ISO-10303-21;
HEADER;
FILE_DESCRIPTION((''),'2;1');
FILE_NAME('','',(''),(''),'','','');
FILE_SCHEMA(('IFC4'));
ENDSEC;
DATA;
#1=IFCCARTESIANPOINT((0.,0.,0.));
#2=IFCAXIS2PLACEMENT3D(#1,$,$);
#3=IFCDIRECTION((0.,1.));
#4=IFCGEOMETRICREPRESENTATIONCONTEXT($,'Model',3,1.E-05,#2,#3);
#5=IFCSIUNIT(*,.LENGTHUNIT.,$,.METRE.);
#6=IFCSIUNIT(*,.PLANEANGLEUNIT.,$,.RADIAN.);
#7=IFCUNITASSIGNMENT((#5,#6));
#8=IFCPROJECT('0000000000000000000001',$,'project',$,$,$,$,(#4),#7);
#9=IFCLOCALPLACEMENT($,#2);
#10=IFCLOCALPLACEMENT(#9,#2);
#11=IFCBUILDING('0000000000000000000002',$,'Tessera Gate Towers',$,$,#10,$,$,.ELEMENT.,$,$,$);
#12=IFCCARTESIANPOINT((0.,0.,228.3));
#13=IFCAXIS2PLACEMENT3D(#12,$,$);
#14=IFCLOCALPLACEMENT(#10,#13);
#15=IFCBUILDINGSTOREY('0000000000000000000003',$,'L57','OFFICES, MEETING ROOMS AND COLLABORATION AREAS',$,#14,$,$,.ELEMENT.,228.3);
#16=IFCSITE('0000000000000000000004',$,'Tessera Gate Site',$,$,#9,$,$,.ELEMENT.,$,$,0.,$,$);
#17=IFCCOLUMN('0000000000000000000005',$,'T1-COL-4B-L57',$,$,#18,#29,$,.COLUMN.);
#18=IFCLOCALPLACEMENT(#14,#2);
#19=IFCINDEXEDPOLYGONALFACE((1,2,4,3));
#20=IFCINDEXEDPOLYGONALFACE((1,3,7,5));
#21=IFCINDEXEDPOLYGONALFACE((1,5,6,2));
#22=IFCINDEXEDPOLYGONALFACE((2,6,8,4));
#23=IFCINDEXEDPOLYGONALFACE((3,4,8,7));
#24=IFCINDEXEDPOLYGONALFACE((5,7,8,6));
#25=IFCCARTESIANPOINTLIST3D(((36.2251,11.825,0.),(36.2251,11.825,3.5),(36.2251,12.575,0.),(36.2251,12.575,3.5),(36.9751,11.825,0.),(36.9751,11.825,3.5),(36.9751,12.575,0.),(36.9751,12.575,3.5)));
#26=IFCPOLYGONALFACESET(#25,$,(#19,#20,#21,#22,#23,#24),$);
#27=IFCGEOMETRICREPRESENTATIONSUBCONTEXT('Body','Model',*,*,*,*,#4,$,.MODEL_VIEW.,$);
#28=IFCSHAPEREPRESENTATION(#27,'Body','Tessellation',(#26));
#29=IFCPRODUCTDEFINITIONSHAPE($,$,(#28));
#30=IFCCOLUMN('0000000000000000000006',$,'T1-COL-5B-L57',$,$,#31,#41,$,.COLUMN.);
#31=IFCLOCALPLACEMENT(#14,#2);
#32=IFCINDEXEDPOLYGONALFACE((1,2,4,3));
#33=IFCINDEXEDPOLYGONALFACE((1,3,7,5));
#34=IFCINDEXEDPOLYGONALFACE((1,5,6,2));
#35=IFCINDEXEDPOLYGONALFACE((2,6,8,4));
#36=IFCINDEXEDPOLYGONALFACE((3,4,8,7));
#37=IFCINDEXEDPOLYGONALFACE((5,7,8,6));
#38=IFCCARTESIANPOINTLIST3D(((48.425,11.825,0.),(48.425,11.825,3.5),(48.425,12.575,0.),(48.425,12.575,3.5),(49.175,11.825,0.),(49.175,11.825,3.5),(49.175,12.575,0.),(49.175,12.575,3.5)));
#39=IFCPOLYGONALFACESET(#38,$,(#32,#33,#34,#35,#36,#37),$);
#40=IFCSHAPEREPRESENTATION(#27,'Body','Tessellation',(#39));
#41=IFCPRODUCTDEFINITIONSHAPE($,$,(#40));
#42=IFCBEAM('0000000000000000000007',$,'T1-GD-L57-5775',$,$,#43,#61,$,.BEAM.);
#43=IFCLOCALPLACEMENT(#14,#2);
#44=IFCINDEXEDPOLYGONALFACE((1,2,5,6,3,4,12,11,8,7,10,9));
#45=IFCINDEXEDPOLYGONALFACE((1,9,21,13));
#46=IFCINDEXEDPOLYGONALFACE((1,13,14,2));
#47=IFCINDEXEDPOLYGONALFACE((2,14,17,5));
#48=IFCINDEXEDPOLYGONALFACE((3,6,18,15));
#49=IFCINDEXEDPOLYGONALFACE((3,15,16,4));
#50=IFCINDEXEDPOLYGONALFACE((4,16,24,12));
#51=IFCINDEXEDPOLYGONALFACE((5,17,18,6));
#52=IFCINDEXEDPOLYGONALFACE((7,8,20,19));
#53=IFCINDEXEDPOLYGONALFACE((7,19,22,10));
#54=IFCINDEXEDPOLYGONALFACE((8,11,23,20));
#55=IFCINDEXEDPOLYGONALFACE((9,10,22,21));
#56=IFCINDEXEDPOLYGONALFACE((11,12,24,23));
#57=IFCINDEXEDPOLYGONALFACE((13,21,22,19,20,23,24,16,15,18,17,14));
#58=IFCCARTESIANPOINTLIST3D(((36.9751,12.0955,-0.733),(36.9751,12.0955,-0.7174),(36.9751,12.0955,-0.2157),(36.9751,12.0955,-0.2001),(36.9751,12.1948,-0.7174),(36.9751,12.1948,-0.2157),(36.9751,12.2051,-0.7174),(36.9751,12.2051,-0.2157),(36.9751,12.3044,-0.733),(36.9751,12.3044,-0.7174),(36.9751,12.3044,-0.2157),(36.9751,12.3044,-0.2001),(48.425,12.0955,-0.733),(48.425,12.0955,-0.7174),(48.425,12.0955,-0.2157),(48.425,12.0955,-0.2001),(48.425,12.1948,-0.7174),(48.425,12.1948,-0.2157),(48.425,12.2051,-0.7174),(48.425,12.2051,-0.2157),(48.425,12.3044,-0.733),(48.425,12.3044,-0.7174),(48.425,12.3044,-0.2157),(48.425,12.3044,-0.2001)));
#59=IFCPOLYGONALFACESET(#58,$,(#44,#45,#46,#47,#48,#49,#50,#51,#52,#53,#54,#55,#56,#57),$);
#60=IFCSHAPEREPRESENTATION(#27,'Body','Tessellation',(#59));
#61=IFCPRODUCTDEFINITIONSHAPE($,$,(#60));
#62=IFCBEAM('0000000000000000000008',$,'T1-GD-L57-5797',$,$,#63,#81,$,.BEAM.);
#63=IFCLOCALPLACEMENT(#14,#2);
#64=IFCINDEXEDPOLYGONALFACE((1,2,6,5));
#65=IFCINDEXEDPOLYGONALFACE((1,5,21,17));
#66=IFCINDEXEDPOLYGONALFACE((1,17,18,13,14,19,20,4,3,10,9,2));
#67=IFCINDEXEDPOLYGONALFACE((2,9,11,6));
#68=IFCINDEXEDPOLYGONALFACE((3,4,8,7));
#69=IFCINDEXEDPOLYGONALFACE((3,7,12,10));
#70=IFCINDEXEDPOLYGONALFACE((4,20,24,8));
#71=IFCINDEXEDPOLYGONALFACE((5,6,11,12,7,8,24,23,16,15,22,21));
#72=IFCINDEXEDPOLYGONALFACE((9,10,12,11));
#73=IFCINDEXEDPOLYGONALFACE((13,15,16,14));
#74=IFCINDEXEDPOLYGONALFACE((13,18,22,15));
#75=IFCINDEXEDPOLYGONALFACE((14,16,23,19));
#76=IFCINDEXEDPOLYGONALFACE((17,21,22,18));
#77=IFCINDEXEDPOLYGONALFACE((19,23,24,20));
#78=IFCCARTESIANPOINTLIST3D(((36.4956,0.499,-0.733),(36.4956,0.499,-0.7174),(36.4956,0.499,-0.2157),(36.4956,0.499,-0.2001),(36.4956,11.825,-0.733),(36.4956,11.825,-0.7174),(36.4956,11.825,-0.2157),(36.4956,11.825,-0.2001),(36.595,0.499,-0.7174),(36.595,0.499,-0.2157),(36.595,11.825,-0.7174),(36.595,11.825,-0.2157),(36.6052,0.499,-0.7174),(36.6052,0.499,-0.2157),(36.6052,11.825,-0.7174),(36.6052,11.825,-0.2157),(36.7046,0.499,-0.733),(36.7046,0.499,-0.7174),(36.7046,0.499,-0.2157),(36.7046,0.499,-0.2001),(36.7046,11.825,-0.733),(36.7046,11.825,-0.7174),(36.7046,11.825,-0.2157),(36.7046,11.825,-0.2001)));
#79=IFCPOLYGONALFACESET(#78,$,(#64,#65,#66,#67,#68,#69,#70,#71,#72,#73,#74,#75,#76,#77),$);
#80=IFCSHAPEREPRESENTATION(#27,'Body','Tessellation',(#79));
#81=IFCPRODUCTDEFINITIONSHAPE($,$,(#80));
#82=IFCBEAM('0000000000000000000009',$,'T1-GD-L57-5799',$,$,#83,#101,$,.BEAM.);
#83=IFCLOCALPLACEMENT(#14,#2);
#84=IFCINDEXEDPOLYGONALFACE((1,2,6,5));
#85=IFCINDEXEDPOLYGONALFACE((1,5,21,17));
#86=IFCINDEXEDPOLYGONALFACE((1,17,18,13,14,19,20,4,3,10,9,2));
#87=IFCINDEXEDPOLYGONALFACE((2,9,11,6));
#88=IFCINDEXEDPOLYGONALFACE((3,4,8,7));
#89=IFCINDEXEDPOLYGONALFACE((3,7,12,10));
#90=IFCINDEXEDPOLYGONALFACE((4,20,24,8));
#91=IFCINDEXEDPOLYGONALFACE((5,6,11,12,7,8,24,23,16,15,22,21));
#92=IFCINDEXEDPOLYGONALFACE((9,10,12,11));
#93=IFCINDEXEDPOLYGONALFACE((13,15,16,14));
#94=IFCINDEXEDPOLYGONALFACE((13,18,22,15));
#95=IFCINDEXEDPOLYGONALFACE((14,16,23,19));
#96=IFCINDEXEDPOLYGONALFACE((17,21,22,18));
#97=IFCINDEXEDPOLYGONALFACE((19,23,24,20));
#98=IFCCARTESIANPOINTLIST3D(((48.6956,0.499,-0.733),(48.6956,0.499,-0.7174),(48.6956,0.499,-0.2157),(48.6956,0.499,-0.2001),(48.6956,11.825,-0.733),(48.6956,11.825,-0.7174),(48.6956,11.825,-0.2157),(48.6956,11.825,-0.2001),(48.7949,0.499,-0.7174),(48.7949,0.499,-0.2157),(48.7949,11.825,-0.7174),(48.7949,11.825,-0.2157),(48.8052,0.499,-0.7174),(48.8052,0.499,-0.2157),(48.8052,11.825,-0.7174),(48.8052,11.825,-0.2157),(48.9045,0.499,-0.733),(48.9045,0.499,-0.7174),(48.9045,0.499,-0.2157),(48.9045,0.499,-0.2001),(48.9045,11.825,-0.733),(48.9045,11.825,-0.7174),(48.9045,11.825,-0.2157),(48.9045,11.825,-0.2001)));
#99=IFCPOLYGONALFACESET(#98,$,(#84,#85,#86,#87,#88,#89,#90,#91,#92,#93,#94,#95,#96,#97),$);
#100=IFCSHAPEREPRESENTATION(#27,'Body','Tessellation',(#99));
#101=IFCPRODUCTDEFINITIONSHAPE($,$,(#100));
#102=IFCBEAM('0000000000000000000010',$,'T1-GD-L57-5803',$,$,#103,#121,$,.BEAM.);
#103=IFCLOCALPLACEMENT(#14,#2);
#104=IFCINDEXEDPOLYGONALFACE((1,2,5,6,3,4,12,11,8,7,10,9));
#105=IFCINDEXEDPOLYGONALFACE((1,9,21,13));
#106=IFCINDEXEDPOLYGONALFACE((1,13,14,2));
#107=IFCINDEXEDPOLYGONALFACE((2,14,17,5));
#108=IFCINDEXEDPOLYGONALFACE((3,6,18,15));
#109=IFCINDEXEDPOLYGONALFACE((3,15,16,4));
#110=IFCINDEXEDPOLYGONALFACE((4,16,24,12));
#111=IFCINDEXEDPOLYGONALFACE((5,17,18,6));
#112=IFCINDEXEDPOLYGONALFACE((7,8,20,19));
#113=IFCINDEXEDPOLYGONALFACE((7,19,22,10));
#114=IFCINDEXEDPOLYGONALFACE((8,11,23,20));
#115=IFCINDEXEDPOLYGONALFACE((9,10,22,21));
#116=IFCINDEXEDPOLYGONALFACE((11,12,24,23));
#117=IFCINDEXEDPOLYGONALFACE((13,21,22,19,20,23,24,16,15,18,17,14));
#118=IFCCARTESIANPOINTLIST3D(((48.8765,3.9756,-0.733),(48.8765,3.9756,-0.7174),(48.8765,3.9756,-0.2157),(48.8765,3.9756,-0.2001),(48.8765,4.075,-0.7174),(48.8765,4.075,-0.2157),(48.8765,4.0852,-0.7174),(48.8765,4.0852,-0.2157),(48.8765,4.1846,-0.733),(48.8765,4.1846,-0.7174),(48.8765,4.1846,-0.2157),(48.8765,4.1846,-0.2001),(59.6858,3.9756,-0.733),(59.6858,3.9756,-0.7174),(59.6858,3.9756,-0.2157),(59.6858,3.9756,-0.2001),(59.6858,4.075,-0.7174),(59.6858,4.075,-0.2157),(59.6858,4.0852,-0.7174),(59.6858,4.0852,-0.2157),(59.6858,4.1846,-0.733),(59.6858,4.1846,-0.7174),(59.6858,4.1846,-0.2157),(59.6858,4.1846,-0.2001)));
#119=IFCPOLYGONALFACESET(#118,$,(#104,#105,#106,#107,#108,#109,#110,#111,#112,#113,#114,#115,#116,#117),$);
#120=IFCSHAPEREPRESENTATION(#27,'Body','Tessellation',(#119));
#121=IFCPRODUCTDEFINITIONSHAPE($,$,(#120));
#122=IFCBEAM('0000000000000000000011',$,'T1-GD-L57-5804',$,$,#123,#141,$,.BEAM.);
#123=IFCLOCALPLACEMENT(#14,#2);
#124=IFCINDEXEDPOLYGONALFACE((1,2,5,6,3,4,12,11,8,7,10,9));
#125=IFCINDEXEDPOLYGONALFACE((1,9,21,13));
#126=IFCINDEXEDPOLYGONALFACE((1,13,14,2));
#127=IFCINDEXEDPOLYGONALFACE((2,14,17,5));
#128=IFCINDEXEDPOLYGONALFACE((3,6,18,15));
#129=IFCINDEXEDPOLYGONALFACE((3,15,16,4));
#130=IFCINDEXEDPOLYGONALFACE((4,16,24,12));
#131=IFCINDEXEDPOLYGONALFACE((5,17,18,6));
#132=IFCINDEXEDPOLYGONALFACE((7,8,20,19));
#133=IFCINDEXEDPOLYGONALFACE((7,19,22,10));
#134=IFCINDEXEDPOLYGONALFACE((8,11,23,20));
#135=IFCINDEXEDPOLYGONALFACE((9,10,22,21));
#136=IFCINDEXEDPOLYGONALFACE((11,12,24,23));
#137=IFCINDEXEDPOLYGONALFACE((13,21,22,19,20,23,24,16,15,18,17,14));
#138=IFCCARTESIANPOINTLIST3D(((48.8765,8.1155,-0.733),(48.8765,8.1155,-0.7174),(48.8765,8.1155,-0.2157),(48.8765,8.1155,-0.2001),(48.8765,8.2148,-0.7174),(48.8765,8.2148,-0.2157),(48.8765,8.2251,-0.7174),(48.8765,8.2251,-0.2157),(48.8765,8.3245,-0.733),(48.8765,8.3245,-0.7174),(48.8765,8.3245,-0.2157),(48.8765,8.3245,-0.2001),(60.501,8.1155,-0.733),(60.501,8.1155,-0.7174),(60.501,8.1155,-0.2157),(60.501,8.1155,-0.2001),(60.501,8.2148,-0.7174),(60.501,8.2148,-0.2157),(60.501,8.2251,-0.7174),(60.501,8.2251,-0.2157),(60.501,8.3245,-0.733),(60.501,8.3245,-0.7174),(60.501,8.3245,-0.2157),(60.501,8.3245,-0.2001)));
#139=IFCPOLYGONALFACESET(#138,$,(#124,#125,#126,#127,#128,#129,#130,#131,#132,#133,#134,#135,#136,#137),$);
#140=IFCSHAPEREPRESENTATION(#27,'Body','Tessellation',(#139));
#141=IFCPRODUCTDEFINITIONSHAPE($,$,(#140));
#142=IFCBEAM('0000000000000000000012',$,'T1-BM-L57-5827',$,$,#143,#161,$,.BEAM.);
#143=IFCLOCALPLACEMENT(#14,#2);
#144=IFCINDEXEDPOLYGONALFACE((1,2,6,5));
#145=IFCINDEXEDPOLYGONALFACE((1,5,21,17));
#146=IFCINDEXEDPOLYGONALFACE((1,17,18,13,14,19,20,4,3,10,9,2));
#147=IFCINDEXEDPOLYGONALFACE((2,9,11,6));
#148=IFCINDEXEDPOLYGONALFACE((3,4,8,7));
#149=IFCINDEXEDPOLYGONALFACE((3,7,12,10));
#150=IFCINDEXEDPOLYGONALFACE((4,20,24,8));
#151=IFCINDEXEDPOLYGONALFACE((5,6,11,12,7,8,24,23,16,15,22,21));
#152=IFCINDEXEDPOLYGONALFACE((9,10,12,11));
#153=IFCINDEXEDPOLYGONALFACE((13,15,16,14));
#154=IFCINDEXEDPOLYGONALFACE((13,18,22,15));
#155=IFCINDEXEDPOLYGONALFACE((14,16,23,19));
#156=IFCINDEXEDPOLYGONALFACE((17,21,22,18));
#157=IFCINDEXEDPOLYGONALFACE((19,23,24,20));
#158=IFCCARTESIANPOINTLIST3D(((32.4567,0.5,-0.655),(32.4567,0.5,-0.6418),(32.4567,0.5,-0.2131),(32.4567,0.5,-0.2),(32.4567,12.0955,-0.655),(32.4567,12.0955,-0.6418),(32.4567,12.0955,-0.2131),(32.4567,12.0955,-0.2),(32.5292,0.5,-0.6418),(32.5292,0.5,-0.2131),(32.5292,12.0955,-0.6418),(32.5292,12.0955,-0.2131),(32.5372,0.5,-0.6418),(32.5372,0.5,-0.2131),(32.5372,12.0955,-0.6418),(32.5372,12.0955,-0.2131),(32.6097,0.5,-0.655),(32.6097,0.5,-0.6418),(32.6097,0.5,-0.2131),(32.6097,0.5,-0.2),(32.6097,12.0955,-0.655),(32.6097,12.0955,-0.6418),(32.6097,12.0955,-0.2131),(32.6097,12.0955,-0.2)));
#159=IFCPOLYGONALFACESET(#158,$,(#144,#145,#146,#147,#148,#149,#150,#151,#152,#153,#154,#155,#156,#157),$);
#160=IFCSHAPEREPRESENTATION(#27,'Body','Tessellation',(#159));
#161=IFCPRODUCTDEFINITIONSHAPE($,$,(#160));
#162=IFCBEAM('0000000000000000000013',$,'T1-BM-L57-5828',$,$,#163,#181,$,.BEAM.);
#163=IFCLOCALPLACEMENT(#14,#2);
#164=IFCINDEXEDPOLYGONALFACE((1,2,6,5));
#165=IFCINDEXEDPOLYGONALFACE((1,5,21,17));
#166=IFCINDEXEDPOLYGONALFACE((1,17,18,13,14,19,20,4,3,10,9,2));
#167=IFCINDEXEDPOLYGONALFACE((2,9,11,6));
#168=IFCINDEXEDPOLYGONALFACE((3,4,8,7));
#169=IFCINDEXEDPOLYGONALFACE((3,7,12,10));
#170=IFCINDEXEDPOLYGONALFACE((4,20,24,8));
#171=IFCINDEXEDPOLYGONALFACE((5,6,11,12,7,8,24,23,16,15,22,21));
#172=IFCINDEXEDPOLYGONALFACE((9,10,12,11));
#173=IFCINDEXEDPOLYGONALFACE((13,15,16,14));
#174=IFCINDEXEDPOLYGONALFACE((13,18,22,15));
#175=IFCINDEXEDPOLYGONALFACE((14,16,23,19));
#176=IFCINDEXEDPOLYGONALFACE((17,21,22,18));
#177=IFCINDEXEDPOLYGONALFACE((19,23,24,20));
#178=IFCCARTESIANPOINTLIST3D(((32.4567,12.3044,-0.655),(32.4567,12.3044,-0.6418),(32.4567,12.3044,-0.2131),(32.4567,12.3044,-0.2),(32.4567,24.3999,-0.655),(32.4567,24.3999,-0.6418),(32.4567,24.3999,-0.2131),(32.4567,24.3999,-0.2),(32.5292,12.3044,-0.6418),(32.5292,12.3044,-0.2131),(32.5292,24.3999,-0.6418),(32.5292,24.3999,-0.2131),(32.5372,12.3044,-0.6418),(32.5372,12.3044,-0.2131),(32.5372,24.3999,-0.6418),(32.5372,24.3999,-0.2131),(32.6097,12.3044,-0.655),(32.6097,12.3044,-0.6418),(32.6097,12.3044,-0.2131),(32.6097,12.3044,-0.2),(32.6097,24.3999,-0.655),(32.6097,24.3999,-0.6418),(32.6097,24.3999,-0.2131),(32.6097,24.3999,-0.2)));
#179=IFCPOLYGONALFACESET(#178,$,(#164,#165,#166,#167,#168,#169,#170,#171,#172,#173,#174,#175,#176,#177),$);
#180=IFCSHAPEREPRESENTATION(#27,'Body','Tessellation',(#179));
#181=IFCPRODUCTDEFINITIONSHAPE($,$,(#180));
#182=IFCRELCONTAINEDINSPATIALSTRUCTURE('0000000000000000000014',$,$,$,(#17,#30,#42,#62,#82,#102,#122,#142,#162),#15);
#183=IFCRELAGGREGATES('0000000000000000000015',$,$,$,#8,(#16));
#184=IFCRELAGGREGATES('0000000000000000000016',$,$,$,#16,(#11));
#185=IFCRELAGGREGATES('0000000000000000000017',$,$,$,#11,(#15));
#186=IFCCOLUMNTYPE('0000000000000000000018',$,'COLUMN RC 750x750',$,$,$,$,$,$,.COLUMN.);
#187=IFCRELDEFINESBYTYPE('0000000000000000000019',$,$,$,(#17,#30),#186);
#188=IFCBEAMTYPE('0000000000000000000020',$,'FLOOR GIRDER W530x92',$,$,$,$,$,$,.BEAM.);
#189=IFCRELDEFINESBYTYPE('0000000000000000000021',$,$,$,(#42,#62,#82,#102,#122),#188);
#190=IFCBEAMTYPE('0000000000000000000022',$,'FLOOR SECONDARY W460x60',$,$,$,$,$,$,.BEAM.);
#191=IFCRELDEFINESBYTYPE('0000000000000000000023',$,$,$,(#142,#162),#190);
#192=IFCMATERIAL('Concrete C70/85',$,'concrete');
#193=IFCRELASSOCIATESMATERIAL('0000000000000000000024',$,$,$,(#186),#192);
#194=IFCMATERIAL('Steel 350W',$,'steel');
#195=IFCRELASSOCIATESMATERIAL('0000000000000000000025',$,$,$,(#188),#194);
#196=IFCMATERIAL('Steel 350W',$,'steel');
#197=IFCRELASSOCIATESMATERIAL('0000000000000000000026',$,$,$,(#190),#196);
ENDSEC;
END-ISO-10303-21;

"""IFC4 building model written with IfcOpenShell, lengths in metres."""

from ifc_helpers import new_model, si_unit, direction, frame, origin, origin_2d, place, context, subcontext, project, spatial, rectangle, i_section, extrude, material, material_profile, profile_set, type_object, element, save


model = new_model("IFC4")

# Units and contexts
model_context = context("Model", 3, precision=1e-05, world=origin(), true_north=direction((0.0, 1.0)))
body_context = subcontext(model_context, "Body", "Model", "MODEL_VIEW")
ifc_project = project(units=[si_unit("LENGTHUNIT", "METRE"), si_unit("PLANEANGLEUNIT", "RADIAN")], contexts=[model_context])

# Site, building, storey
site_placement = place(None, origin())
site = spatial("IfcSite", under=ifc_project, at=site_placement, Name="Tessera Gate Site", CompositionType="ELEMENT", RefElevation=0.0)
building_placement = place(site_placement, origin())
building = spatial("IfcBuilding", under=site, at=building_placement, Name="Tessera Gate Towers", CompositionType="ELEMENT")
storey_placement = place(building_placement, frame((0.0, 0.0, 228.3)))
storey = spatial("IfcBuildingStorey", under=building, at=storey_placement, Name="L57", Description="OFFICES, MEETING ROOMS AND COLLABORATION AREAS", CompositionType="ELEMENT", Elevation=228.3)

# Columns
ifc_material_1 = material(Name="Concrete C70/85", Category="concrete")
ifc_material_profile_1 = material_profile(ifc_material_1, rectangle(XDim=0.75, YDim=0.75, at=origin_2d()), Name="RC 750x750")
ifc_profile_set_1 = profile_set([ifc_material_profile_1], Name="Concrete C70/85")
column_type = type_object("IfcColumnType", Name="COLUMN RC 750x750", PredefinedType="COLUMN", material=ifc_profile_set_1)
for number, where, z_axis, x_axis, name in (
    (1, (36.6001, 12.2, 0.0), (0.0, 0.0, 1.0), (1.0, 0.0, 0.0), "T1-COL-4B-L57"),
    (2, (48.8, 12.2, 0.0), (0.0, 0.0, 1.0), (1.0, 0.0, 0.0), "T1-COL-5B-L57"),
):
    element("IfcColumn", number, at=place(storey_placement, frame(where, z_axis=z_axis, x_axis=x_axis)), inside=storey, type_object=column_type, Name=name, PredefinedType="COLUMN", context=body_context, shape_type="SweptSolid", body=[
        extrude(rectangle(XDim=0.75, YDim=0.75, at=origin_2d()), origin(), (0.0, 0.0, 1.0), 3.5),
    ])

# Beams
ifc_material_2 = material(Name="Steel 350W", Category="steel")
ifc_material_profile_2 = material_profile(ifc_material_2, i_section(OverallWidth=0.209, OverallDepth=0.533, WebThickness=0.0103, FlangeThickness=0.0156, at=origin_2d()), Name="W530x92")
ifc_profile_set_2 = profile_set([ifc_material_profile_2], Name="Steel 350W")
beam_type_1 = type_object("IfcBeamType", Name="FLOOR GIRDER W530x92", PredefinedType="BEAM", material=ifc_profile_set_2)
beam_1_placement = place(storey_placement, frame((36.9751, 12.2, -0.4666), z_axis=(1.0, 0.0, 0.0), x_axis=(0.0, 1.0, 0.0)))
element("IfcBeam", 3, at=beam_1_placement, inside=storey, type_object=beam_type_1, Name="T1-GD-L57-5775", PredefinedType="BEAM", context=body_context, shape_type="SweptSolid", body=[
    extrude(i_section(OverallWidth=0.209, OverallDepth=0.533, WebThickness=0.0103, FlangeThickness=0.0156, at=origin_2d()), origin(), (0.0, 0.0, 1.0), 11.45),
])
for number, where, z_axis, x_axis, name in (
    (4, (36.6001, 0.499, -0.4666), (0.0, 1.0, 0.0), (-1.0, 0.0, 0.0), "T1-GD-L57-5797"),
    (5, (48.8, 0.499, -0.4666), (0.0, 1.0, 0.0), (-1.0, 0.0, 0.0), "T1-GD-L57-5799"),
):
    element("IfcBeam", number, at=place(storey_placement, frame(where, z_axis=z_axis, x_axis=x_axis)), inside=storey, type_object=beam_type_1, Name=name, PredefinedType="BEAM", context=body_context, shape_type="SweptSolid", body=[
        extrude(i_section(OverallWidth=0.209, OverallDepth=0.533, WebThickness=0.0103, FlangeThickness=0.0156, at=origin_2d()), origin(), (0.0, 0.0, 1.0), 11.3259),
    ])
beam_2_placement = place(storey_placement, frame((48.8765, 4.0801, -0.4666), z_axis=(1.0, 0.0, 0.0), x_axis=(0.0, 1.0, 0.0)))
element("IfcBeam", 6, at=beam_2_placement, inside=storey, type_object=beam_type_1, Name="T1-GD-L57-5803", PredefinedType="BEAM", context=body_context, shape_type="SweptSolid", body=[
    extrude(i_section(OverallWidth=0.209, OverallDepth=0.533, WebThickness=0.0103, FlangeThickness=0.0156, at=origin_2d()), origin(), (0.0, 0.0, 1.0), 10.8093),
])
beam_3_placement = place(storey_placement, frame((48.8765, 8.22, -0.4666), z_axis=(1.0, 0.0, 0.0), x_axis=(0.0, 1.0, 0.0)))
element("IfcBeam", 7, at=beam_3_placement, inside=storey, type_object=beam_type_1, Name="T1-GD-L57-5804", PredefinedType="BEAM", context=body_context, shape_type="SweptSolid", body=[
    extrude(i_section(OverallWidth=0.209, OverallDepth=0.533, WebThickness=0.0103, FlangeThickness=0.0156, at=origin_2d()), origin(), (0.0, 0.0, 1.0), 11.6245),
])
ifc_material_3 = material(Name="Steel 350W", Category="steel")
ifc_material_profile_3 = material_profile(ifc_material_3, i_section(OverallWidth=0.1531, OverallDepth=0.4551, WebThickness=0.0081, FlangeThickness=0.0132, at=origin_2d()), Name="W460x60")
ifc_profile_set_3 = profile_set([ifc_material_profile_3], Name="Steel 350W")
beam_type_2 = type_object("IfcBeamType", Name="FLOOR SECONDARY W460x60", PredefinedType="BEAM", material=ifc_profile_set_3)
beam_4_placement = place(storey_placement, frame((32.5332, 0.5, -0.4275), z_axis=(0.0, 1.0, 0.0), x_axis=(-1.0, 0.0, 0.0)))
element("IfcBeam", 8, at=beam_4_placement, inside=storey, type_object=beam_type_2, Name="T1-BM-L57-5827", PredefinedType="BEAM", context=body_context, shape_type="SweptSolid", body=[
    extrude(i_section(OverallWidth=0.1531, OverallDepth=0.4551, WebThickness=0.0081, FlangeThickness=0.0132, at=origin_2d()), origin(), (0.0, 0.0, 1.0), 11.5955),
])
beam_5_placement = place(storey_placement, frame((32.5332, 12.3044, -0.4275), z_axis=(0.0, 1.0, 0.0), x_axis=(-1.0, 0.0, 0.0)))
element("IfcBeam", 9, at=beam_5_placement, inside=storey, type_object=beam_type_2, Name="T1-BM-L57-5828", PredefinedType="BEAM", context=body_context, shape_type="SweptSolid", body=[
    extrude(i_section(OverallWidth=0.1531, OverallDepth=0.4551, WebThickness=0.0081, FlangeThickness=0.0132, at=origin_2d()), origin(), (0.0, 0.0, 1.0), 12.0955),
])

save(model, "model.ifc")
